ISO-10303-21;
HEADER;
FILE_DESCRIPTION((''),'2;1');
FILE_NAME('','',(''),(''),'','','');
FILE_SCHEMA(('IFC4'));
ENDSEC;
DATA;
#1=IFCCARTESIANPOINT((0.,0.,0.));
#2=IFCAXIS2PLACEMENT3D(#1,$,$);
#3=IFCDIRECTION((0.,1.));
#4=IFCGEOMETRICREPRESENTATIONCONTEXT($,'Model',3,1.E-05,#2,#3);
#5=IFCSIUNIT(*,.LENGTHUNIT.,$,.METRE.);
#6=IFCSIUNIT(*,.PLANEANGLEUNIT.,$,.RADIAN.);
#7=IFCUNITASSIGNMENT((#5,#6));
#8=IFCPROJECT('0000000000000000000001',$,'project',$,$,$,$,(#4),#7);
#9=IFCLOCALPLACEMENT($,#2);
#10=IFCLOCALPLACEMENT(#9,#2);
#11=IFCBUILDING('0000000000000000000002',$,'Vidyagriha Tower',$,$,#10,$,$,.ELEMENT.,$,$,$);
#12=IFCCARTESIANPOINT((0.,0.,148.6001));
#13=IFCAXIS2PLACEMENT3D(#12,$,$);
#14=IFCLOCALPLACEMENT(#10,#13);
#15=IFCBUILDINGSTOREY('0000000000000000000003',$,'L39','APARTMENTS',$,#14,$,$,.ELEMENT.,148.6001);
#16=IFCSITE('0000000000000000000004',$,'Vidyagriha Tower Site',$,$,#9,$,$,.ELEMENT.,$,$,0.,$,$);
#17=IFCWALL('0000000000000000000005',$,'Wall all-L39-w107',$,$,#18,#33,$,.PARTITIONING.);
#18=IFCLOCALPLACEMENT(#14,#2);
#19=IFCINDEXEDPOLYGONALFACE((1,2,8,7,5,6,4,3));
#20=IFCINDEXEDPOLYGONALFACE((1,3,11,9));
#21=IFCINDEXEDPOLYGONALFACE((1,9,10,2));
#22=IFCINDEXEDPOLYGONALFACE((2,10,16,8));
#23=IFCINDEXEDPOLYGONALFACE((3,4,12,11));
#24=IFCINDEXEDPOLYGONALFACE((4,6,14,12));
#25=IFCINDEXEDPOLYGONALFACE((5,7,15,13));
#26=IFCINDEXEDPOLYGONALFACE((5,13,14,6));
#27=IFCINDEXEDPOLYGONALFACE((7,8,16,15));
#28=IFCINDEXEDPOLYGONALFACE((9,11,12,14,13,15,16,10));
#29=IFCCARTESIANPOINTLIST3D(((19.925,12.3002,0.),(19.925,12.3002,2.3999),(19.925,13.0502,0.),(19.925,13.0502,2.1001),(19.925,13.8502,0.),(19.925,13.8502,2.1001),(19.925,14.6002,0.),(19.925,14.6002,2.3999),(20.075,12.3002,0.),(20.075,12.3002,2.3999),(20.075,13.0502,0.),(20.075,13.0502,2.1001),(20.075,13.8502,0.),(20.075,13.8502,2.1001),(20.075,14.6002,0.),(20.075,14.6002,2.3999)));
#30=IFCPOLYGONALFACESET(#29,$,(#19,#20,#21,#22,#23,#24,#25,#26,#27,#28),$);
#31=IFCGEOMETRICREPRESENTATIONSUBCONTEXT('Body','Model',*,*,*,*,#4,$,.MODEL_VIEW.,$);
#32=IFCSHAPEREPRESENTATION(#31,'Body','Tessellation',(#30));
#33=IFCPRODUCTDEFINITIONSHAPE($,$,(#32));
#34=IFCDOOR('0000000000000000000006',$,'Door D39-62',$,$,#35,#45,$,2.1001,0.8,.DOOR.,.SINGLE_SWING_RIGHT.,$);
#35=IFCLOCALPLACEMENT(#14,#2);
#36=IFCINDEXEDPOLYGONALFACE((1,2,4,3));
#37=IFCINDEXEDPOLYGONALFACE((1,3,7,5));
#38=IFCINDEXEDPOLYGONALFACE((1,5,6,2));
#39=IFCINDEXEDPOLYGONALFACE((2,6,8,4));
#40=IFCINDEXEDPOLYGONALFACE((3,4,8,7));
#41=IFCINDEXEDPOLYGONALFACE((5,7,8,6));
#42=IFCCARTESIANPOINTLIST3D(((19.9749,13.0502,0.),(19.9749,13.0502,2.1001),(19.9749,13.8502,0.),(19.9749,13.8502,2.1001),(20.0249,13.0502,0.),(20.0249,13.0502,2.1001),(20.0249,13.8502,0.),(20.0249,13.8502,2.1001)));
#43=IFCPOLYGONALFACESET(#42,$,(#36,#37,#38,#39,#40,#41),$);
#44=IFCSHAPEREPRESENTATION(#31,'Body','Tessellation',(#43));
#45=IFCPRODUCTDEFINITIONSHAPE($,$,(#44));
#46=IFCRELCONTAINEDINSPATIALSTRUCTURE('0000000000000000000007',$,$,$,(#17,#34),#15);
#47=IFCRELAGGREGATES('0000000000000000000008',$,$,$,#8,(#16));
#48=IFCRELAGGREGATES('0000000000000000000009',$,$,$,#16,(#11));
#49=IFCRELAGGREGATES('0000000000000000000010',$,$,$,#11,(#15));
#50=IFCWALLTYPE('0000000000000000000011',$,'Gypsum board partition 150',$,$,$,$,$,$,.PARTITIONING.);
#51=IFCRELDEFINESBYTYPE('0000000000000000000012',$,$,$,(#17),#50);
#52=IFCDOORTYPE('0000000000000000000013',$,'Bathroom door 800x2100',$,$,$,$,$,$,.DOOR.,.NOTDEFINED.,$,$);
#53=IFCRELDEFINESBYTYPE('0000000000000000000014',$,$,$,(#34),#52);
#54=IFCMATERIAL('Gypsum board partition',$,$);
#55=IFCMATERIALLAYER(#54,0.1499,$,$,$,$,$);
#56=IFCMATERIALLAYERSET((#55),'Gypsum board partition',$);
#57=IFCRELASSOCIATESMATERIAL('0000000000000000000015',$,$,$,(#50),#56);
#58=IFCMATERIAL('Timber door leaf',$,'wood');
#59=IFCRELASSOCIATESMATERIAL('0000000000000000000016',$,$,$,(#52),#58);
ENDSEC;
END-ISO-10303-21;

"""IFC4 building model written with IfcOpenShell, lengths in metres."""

from ifc_helpers import new_model, si_unit, direction, frame, frame_2d, origin, place, context, subcontext, project, spatial, rectangle, extrude, material, layer, layer_set, type_object, element, fill, save


model = new_model("IFC4")

# Units and contexts
model_context = context("Model", 3, precision=1e-05, world=origin(), true_north=direction((0.0, 1.0)))
body_context = subcontext(model_context, "Body", "Model", "MODEL_VIEW")
ifc_project = project(units=[si_unit("LENGTHUNIT", "METRE"), si_unit("PLANEANGLEUNIT", "RADIAN")], contexts=[model_context])

# Site, building, storey
site_placement = place(None, origin())
site = spatial("IfcSite", under=ifc_project, at=site_placement, Name="Vidyagriha Tower Site", CompositionType="ELEMENT", RefElevation=0.0)
building_placement = place(site_placement, origin())
building = spatial("IfcBuilding", under=site, at=building_placement, Name="Vidyagriha Tower", CompositionType="ELEMENT")
storey_placement = place(building_placement, frame((0.0, 0.0, 148.6001)))
storey = spatial("IfcBuildingStorey", under=building, at=storey_placement, Name="L39", Description="APARTMENTS", CompositionType="ELEMENT", Elevation=148.6001)

# Shared definitions
ifc_material_1 = material(Name="Gypsum board partition")
ifc_layer_1 = layer(ifc_material_1, 0.1499)
ifc_layer_set_1 = layer_set([ifc_layer_1], Name="Gypsum board partition")
wall_type_1 = type_object("IfcWallType", Name="Gypsum board partition 150", PredefinedType="PARTITIONING", material=ifc_layer_set_1)

# Wall, opening, door
wall_1_placement = place(storey_placement, frame((20.0, 14.6001, 0.0), z_axis=(0.0, 0.0, 1.0), x_axis=(0.0, -1.0, 0.0)))
wall_1 = element("IfcWall", 1, at=wall_1_placement, inside=storey, type_object=wall_type_1, Name="Wall all-L39-w107", PredefinedType="PARTITIONING", context=body_context, shape_type="SweptSolid", body=[
    extrude(rectangle(XDim=2.3, YDim=0.1499, at=frame_2d((1.1499, 0.0))), origin(), (0.0, 0.0, 1.0), 2.3999),
])
opening_1_placement = place(wall_1_placement, frame((0.75, 0.0, 0.0)))
opening_1 = element("IfcOpeningElement", 2, at=opening_1_placement, cuts=wall_1, PredefinedType="OPENING", context=body_context, shape_type="SweptSolid", body=[
    extrude(rectangle(XDim=0.8, YDim=2.1001, at=frame_2d((0.3999, 1.05))), frame((0.0, 0.085, 0.0), z_axis=(0.0, -1.0, 0.0), x_axis=(1.0, 0.0, 0.0)), (0.0, 0.0, 1.0), 0.1699),
])
ifc_material_2 = material(Name="Timber door leaf", Category="wood")
door_type = type_object("IfcDoorType", Name="Bathroom door 800x2100", OperationType="NOTDEFINED", PredefinedType="DOOR", material=ifc_material_2)
door_placement = place(opening_1_placement, origin())
door = element("IfcDoor", 3, at=door_placement, inside=storey, type_object=door_type, Name="Door D39-62", OperationType="SINGLE_SWING_RIGHT", OverallHeight=2.1001, OverallWidth=0.8, PredefinedType="DOOR", context=body_context, shape_type="SweptSolid", body=[
    extrude(rectangle(XDim=0.8, YDim=2.1001, at=frame_2d((0.3999, 1.05))), frame((0.0, 0.0249, 0.0), z_axis=(0.0, -1.0, 0.0), x_axis=(1.0, 0.0, 0.0)), (0.0, 0.0, 1.0), 0.05),
])
fill(opening_1, door)

save(model, "model.ifc")
